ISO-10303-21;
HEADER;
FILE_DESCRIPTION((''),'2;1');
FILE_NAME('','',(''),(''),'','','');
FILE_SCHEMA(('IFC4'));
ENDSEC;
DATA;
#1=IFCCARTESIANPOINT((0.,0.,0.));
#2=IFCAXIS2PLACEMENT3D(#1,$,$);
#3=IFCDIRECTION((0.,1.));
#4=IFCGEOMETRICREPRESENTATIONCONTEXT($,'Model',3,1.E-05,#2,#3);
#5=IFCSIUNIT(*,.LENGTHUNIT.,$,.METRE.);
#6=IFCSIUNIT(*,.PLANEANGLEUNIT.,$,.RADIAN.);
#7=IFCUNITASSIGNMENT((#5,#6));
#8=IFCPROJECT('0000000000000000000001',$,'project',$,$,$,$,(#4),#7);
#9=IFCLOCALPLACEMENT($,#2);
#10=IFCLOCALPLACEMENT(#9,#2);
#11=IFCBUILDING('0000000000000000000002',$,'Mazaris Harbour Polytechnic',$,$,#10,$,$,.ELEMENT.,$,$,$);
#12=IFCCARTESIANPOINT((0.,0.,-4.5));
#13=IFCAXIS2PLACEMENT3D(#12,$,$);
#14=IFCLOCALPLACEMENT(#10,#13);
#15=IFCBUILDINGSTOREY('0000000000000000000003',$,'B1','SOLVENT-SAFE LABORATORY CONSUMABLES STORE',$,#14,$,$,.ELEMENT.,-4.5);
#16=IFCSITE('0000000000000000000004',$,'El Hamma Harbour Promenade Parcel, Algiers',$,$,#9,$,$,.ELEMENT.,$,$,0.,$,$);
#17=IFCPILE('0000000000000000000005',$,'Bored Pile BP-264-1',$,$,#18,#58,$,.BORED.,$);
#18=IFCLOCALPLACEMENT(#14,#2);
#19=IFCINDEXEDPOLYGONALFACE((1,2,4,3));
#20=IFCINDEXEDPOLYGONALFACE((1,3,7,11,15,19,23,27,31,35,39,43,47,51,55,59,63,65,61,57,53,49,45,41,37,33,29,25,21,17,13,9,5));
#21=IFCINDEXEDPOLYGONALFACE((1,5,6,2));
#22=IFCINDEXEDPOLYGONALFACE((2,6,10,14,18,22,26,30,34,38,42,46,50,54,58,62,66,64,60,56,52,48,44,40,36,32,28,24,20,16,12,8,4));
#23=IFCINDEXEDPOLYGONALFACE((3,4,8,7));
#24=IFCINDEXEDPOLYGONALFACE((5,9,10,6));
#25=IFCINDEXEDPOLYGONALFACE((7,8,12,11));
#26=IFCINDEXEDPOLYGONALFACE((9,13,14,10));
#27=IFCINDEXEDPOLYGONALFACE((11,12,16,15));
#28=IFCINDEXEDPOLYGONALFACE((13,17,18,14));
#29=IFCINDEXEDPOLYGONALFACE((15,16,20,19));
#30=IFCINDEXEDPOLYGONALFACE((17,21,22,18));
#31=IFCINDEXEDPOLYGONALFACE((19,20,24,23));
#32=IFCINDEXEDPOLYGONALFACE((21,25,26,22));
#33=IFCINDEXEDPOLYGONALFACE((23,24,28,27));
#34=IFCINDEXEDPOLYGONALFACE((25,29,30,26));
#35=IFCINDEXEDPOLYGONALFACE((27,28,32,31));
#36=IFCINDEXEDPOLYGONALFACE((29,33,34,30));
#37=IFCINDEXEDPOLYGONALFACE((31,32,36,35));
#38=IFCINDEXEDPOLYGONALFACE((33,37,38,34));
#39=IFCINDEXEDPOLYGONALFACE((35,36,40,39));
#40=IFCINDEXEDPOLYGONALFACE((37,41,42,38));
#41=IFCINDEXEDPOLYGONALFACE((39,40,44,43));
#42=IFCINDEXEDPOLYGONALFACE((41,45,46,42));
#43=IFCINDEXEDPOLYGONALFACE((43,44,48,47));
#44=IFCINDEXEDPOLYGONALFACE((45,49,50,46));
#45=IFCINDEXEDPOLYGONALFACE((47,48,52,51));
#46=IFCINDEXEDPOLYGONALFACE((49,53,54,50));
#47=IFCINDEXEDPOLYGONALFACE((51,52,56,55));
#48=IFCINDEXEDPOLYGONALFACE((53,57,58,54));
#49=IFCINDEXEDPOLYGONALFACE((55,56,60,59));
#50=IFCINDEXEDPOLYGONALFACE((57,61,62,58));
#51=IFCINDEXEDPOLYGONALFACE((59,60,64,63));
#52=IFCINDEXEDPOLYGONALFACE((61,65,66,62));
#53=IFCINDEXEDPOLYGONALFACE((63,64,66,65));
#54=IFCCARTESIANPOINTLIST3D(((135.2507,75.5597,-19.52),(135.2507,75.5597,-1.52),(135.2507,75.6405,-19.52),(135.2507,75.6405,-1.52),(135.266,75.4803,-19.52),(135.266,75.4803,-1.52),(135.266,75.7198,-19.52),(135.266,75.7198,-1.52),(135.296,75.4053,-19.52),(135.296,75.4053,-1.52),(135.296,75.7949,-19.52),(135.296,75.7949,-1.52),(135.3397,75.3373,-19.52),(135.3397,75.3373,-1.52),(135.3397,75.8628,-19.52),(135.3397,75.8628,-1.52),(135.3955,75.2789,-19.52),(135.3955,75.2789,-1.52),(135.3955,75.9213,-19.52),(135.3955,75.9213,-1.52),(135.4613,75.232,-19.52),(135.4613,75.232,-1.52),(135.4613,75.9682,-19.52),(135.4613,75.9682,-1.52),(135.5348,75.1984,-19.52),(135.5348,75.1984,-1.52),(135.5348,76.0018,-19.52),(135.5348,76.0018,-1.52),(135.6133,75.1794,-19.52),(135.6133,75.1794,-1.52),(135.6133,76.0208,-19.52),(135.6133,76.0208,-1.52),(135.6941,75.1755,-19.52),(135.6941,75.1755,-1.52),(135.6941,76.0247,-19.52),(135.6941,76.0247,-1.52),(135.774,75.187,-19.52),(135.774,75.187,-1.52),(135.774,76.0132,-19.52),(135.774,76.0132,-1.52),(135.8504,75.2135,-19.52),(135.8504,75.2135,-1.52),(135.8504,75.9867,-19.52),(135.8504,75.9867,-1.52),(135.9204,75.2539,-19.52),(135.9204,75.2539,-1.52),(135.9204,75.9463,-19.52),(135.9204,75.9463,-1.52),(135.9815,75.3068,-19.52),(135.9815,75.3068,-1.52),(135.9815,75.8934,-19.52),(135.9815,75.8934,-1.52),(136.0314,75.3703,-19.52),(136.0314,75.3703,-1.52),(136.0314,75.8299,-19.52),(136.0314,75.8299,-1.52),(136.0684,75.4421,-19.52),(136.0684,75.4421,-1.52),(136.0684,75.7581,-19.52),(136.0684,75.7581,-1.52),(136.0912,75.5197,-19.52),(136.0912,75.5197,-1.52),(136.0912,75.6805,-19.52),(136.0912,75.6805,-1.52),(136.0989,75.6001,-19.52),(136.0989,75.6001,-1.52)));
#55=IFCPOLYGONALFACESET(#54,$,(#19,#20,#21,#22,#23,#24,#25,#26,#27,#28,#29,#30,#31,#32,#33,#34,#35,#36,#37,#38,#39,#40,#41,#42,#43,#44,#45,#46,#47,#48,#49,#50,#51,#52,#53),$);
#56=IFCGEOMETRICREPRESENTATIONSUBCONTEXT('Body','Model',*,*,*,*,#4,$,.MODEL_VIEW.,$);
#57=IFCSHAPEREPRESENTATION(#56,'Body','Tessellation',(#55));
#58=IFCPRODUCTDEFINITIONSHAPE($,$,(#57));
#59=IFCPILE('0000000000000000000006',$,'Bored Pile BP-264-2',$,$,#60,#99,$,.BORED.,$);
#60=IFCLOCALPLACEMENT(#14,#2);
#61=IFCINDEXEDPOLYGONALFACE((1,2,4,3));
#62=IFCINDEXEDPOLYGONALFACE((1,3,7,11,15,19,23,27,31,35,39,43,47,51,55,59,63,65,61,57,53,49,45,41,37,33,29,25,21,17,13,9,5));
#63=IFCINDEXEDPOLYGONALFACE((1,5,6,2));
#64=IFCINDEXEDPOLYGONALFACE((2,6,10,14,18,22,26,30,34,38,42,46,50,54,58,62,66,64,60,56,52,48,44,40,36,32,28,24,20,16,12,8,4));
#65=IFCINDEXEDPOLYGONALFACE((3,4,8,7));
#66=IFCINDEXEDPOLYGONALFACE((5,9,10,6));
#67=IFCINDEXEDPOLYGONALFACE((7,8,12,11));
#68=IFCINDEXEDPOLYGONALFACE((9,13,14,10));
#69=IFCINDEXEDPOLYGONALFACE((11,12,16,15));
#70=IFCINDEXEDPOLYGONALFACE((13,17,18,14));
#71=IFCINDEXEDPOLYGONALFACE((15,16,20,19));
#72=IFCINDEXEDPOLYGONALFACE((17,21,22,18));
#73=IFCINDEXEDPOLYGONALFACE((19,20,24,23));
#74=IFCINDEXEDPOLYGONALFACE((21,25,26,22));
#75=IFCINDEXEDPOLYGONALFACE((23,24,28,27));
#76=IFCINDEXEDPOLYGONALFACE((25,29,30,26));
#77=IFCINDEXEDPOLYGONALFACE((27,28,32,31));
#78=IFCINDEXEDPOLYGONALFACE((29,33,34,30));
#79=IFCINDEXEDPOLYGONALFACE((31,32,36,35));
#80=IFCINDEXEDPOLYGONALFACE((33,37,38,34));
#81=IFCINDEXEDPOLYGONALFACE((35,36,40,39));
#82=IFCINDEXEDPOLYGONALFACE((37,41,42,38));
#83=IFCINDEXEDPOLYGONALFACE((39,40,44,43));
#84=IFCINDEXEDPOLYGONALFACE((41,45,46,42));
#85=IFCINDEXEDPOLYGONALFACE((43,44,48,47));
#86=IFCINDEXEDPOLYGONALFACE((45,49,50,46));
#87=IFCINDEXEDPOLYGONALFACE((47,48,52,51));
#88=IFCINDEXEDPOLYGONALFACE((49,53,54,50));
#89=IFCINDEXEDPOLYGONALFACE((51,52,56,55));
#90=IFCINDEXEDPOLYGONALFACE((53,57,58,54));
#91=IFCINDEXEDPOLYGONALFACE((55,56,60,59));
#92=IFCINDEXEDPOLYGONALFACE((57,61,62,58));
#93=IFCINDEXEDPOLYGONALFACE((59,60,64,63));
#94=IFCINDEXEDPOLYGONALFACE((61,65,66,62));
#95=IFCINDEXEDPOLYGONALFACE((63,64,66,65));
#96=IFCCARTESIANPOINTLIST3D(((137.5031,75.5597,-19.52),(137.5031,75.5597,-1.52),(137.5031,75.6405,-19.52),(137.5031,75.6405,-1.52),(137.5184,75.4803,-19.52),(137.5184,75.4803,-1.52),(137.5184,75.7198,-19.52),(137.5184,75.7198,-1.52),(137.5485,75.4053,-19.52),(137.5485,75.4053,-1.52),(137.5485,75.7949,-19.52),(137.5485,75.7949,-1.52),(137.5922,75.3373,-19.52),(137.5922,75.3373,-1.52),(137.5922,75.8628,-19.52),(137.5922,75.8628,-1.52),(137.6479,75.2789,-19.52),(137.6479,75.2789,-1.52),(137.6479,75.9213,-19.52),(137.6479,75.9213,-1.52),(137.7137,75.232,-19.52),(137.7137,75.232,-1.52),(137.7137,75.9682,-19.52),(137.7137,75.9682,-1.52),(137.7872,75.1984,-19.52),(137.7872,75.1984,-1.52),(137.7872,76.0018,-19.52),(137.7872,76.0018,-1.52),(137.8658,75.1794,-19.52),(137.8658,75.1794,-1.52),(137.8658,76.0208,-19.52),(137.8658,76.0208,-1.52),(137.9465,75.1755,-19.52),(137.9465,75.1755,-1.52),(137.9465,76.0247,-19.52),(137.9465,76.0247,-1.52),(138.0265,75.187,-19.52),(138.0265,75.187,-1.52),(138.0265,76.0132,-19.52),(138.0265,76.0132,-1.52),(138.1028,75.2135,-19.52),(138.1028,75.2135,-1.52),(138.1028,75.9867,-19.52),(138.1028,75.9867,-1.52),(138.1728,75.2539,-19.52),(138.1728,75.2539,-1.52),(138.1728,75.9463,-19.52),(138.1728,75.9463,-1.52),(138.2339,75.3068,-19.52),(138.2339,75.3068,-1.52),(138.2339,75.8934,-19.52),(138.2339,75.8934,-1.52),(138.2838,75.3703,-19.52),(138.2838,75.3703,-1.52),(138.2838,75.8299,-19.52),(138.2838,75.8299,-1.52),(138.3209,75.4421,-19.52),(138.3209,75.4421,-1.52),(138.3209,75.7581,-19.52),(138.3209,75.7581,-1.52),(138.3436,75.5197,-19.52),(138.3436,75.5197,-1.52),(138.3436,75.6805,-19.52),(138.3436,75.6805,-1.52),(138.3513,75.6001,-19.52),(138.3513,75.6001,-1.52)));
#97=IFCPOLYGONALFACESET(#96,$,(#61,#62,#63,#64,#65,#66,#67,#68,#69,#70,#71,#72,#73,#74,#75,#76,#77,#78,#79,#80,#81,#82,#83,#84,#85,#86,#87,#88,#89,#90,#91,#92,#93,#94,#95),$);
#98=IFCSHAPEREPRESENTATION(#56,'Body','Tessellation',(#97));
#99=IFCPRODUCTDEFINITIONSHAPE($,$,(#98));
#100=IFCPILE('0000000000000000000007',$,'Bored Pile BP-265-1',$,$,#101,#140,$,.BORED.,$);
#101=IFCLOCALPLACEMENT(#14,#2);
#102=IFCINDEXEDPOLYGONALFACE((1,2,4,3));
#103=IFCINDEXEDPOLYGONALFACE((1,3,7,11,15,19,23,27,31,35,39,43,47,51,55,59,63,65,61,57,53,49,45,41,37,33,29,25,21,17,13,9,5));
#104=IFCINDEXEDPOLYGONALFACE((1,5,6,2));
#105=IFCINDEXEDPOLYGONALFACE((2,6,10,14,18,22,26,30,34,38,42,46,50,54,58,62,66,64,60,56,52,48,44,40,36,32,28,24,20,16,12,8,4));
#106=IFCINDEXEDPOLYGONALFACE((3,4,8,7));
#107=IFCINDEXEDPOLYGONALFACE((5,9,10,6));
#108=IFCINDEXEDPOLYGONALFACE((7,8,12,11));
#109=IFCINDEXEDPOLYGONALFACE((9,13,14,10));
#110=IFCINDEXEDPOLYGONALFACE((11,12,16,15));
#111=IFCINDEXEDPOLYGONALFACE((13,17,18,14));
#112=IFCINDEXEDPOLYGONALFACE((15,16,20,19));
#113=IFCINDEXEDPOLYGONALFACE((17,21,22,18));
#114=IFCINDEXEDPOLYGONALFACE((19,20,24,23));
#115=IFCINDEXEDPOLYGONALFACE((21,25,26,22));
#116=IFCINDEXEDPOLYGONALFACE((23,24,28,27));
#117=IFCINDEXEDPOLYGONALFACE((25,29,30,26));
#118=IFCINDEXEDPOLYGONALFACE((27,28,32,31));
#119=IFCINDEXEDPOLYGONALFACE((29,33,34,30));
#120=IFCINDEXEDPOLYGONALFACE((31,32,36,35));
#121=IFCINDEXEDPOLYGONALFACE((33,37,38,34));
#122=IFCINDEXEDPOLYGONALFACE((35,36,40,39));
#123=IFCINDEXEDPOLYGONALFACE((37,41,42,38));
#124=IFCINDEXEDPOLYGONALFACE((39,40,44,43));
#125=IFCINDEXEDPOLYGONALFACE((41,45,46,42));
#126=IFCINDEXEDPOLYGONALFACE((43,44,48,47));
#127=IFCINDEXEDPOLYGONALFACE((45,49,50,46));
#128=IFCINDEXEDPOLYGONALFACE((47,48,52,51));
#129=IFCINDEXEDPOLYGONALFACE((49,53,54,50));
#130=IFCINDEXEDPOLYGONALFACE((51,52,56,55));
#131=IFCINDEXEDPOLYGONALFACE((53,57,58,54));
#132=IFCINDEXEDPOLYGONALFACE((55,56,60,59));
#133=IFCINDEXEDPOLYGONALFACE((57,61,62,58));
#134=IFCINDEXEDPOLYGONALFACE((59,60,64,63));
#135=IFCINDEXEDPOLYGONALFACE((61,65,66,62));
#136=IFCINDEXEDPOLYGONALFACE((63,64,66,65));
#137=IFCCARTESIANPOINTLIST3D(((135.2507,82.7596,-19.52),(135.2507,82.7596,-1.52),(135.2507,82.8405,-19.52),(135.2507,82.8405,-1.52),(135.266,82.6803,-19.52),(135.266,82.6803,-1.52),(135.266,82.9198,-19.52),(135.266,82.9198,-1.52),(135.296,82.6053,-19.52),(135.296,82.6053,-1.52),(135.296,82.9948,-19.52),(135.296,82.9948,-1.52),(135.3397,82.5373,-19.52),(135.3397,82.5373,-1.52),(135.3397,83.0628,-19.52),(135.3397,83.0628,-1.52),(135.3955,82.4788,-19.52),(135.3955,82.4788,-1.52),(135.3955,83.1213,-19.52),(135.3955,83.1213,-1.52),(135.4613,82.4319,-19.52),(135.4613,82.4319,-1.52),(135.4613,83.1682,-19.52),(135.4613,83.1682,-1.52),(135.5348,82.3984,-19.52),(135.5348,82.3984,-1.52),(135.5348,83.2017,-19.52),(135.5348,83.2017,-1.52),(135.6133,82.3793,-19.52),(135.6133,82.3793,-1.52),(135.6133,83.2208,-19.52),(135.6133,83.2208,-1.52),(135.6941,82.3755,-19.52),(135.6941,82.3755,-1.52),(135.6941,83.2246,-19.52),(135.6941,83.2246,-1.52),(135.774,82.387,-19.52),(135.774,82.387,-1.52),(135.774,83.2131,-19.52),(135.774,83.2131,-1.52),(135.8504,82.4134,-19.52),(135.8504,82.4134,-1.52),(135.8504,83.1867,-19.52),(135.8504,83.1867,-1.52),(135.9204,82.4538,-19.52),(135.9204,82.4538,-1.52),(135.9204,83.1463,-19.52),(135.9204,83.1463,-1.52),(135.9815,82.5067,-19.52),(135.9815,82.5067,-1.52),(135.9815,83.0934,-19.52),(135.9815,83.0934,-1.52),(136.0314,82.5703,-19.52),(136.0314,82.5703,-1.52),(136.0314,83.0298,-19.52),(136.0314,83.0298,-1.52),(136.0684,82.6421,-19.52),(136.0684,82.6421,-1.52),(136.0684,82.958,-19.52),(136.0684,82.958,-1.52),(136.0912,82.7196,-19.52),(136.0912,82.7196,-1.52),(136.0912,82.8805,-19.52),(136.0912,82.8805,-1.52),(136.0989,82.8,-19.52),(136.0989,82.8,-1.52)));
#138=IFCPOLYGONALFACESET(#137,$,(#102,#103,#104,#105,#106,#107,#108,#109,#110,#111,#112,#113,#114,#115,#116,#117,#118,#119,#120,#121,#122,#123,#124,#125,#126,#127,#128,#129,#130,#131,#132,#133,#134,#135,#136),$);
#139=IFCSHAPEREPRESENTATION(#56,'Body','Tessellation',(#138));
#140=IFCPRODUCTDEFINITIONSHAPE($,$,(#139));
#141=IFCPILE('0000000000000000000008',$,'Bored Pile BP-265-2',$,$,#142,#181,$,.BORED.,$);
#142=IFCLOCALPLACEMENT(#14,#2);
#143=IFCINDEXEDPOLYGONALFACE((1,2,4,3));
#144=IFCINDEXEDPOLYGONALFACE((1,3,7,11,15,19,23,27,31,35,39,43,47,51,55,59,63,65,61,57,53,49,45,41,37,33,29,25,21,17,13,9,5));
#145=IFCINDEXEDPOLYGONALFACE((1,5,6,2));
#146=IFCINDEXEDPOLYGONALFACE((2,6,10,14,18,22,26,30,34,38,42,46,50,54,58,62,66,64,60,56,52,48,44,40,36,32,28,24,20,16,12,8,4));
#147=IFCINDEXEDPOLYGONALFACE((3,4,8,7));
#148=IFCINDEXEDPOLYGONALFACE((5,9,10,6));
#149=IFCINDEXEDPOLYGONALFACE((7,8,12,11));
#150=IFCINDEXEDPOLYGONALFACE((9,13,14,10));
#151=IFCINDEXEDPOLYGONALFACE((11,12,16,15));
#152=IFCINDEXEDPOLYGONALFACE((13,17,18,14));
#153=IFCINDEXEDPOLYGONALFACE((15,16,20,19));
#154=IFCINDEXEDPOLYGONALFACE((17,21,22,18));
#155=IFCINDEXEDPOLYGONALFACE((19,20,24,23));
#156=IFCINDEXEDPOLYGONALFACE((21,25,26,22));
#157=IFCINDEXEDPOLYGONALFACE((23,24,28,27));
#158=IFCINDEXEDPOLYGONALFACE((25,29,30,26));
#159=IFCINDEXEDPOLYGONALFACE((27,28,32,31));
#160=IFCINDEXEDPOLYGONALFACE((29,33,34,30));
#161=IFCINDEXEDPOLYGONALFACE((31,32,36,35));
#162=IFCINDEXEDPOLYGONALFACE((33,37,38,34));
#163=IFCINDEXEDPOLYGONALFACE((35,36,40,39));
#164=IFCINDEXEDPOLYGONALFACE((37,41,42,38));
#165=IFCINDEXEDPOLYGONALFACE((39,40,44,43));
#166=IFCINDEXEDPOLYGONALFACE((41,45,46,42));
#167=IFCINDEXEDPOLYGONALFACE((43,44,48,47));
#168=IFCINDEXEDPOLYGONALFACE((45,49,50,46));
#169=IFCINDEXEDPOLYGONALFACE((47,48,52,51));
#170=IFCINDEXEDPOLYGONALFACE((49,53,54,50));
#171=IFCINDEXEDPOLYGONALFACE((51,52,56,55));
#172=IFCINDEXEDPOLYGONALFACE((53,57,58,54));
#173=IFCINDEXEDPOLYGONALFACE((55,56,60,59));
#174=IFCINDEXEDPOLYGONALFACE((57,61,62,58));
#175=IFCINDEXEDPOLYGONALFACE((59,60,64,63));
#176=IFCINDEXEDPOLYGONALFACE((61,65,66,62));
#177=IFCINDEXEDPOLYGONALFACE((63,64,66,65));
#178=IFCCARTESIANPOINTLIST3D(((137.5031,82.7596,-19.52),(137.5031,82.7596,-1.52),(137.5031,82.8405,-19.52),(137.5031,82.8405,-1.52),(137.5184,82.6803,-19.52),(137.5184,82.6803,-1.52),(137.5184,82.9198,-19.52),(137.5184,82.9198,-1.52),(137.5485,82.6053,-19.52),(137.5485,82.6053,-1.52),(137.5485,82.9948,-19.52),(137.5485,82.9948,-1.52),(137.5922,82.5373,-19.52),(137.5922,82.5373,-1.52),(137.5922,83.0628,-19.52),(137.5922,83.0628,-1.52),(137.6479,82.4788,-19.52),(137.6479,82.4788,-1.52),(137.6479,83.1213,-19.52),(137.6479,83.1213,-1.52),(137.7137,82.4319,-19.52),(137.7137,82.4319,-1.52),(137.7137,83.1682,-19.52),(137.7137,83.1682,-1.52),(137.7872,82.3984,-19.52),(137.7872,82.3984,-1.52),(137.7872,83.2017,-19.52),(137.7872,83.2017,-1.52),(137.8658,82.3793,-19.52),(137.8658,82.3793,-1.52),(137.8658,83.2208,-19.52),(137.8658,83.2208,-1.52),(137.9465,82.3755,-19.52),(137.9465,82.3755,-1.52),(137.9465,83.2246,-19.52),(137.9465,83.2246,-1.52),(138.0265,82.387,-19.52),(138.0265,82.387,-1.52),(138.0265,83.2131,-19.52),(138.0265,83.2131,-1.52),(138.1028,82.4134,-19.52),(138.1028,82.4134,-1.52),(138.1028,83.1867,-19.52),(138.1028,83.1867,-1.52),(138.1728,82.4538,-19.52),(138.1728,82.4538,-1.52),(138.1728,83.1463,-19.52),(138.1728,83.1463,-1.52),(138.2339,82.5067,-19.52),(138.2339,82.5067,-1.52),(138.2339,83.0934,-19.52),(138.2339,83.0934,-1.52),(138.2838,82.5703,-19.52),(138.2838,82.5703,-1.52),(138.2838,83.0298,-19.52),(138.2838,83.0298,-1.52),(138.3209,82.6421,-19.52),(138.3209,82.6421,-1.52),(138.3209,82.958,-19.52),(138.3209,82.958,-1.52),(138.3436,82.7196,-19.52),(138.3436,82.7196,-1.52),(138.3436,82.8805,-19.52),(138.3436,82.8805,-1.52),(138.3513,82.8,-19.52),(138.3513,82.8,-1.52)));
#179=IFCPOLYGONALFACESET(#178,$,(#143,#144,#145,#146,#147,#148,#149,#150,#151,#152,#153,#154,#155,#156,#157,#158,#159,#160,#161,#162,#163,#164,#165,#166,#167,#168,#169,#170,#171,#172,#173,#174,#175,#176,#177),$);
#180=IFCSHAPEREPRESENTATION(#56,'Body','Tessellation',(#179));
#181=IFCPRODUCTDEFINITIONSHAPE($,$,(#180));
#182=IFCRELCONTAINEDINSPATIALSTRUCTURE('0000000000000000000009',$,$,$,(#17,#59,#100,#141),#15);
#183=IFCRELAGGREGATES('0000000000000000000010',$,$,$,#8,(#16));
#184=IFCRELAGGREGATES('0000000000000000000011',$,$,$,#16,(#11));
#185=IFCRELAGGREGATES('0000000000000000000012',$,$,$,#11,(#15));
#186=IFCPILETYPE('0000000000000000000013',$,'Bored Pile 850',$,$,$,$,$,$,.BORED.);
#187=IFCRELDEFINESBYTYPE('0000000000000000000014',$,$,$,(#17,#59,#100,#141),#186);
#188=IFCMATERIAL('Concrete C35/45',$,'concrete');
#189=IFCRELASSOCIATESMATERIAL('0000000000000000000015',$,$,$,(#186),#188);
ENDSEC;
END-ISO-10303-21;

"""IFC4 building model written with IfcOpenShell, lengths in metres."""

from ifc_helpers import new_model, si_unit, direction, frame, origin, origin_2d, place, context, subcontext, project, spatial, circle, extrude, material, material_profile, profile_set, type_object, element, save


model = new_model("IFC4")

# Units and contexts
model_context = context("Model", 3, precision=1e-05, world=origin(), true_north=direction((0.0, 1.0)))
body_context = subcontext(model_context, "Body", "Model", "MODEL_VIEW")
ifc_project = project(units=[si_unit("LENGTHUNIT", "METRE"), si_unit("PLANEANGLEUNIT", "RADIAN")], contexts=[model_context])

# Site, building, storey
site_placement = place(None, origin())
site = spatial("IfcSite", under=ifc_project, at=site_placement, Name="El Hamma Harbour Promenade Parcel, Algiers", CompositionType="ELEMENT", RefElevation=0.0)
building_placement = place(site_placement, origin())
building = spatial("IfcBuilding", under=site, at=building_placement, Name="Mazaris Harbour Polytechnic", CompositionType="ELEMENT")
storey_placement = place(building_placement, frame((0.0, 0.0, -4.5)))
storey = spatial("IfcBuildingStorey", under=building, at=storey_placement, Name="B1", Description="SOLVENT-SAFE LABORATORY CONSUMABLES STORE", CompositionType="ELEMENT", Elevation=-4.5)

# Piles
ifc_material_1 = material(Name="Concrete C35/45", Category="concrete")
ifc_material_profile_1 = material_profile(ifc_material_1, circle(Radius=0.425, at=origin_2d()), Name="DIA850")
ifc_profile_set_1 = profile_set([ifc_material_profile_1], Name="Concrete C35/45")
pile_type = type_object("IfcPileType", Name="Bored Pile 850", PredefinedType="BORED", material=ifc_profile_set_1)
for number, where, z_axis, x_axis, name in (
    (1, (135.6738, 75.6001, -1.52), (0.0, 0.0, -1.0), (1.0, 0.0, 0.0), "Bored Pile BP-264-1"),
    (2, (137.9263, 75.6001, -1.52), (0.0, 0.0, -1.0), (1.0, 0.0, 0.0), "Bored Pile BP-264-2"),
    (3, (135.6738, 82.8, -1.52), (0.0, 0.0, -1.0), (1.0, 0.0, 0.0), "Bored Pile BP-265-1"),
    (4, (137.9263, 82.8, -1.52), (0.0, 0.0, -1.0), (1.0, 0.0, 0.0), "Bored Pile BP-265-2"),
):
    element("IfcPile", number, at=place(storey_placement, frame(where, z_axis=z_axis, x_axis=x_axis)), inside=storey, type_object=pile_type, Name=name, PredefinedType="BORED", context=body_context, shape_type="SweptSolid", body=[
        extrude(circle(Radius=0.425, at=origin_2d()), origin(), (0.0, 0.0, 1.0), 18.0),
    ])

save(model, "model.ifc")
